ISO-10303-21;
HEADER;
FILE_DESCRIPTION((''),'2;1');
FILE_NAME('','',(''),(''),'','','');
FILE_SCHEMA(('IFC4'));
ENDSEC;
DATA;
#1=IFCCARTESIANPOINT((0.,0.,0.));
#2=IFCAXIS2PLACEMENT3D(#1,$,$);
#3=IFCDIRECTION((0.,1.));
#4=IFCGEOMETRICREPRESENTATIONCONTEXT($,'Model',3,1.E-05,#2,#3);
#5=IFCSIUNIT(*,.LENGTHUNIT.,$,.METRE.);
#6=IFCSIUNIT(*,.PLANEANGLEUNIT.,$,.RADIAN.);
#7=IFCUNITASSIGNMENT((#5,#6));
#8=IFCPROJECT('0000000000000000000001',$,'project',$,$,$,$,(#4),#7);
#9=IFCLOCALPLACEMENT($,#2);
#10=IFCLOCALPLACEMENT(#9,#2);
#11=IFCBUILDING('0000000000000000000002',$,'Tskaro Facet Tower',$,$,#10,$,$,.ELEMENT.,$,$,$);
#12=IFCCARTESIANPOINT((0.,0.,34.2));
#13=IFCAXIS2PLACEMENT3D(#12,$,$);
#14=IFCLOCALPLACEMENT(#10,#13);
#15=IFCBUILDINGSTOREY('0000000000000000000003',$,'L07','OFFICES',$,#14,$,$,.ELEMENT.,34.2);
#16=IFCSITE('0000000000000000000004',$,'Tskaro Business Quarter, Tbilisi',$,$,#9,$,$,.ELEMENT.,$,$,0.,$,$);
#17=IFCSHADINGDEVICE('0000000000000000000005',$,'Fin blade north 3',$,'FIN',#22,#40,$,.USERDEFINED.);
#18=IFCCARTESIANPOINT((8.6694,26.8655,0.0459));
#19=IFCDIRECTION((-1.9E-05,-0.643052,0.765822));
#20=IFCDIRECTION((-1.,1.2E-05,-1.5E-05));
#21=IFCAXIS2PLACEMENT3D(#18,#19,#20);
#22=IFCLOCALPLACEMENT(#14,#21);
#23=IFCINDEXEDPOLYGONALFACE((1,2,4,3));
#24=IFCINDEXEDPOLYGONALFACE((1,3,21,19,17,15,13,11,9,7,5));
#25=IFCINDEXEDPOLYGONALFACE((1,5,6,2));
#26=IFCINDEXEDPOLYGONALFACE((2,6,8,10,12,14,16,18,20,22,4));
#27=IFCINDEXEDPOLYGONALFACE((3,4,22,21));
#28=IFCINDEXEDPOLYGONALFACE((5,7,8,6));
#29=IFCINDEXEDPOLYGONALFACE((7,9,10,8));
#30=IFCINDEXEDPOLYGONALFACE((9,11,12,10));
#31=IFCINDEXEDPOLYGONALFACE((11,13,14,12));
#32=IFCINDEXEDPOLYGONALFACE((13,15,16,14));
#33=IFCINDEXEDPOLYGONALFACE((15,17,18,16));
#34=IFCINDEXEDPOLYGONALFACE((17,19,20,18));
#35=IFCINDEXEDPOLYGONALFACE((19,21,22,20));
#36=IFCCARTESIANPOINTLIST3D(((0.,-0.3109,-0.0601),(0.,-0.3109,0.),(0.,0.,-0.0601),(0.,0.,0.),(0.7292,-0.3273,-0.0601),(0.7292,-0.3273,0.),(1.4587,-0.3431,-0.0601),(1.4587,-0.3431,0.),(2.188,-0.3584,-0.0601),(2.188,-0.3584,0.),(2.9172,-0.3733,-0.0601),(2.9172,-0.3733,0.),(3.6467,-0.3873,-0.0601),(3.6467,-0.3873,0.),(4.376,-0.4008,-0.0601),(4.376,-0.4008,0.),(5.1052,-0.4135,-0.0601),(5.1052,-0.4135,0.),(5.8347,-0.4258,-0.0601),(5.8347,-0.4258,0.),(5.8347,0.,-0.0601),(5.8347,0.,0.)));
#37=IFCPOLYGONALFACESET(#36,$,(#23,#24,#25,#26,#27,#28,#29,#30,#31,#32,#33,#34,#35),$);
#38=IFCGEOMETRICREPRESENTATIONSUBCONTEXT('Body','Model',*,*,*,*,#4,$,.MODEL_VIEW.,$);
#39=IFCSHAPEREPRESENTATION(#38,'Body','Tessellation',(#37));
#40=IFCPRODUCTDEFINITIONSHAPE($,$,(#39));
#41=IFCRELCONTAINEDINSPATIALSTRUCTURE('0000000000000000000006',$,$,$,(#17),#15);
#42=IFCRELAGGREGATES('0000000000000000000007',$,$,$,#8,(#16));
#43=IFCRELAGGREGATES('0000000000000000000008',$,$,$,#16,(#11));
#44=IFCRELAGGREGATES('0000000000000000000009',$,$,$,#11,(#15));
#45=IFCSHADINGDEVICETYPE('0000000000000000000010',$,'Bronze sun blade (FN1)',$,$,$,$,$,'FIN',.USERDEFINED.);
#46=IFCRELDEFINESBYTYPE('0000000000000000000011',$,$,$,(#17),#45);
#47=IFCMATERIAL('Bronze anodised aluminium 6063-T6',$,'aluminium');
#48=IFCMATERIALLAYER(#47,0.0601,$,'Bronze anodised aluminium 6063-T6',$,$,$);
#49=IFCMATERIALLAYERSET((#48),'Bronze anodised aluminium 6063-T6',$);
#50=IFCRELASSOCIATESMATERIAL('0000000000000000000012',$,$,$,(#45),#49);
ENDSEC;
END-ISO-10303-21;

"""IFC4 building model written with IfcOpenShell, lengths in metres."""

from ifc_helpers import new_model, si_unit, direction, frame, origin, place, context, subcontext, project, spatial, polyline, outline, extrude, material, layer, layer_set, type_object, element, save


model = new_model("IFC4")

# Units and contexts
model_context = context("Model", 3, precision=1e-05, world=origin(), true_north=direction((0.0, 1.0)))
body_context = subcontext(model_context, "Body", "Model", "MODEL_VIEW")
ifc_project = project(units=[si_unit("LENGTHUNIT", "METRE"), si_unit("PLANEANGLEUNIT", "RADIAN")], contexts=[model_context])

# Site, building, storey
site_placement = place(None, origin())
site = spatial("IfcSite", under=ifc_project, at=site_placement, Name="Tskaro Business Quarter, Tbilisi", CompositionType="ELEMENT", RefElevation=0.0)
building_placement = place(site_placement, origin())
building = spatial("IfcBuilding", under=site, at=building_placement, Name="Tskaro Facet Tower", CompositionType="ELEMENT")
storey_placement = place(building_placement, frame((0.0, 0.0, 34.2)))
storey = spatial("IfcBuildingStorey", under=building, at=storey_placement, Name="L07", Description="OFFICES", CompositionType="ELEMENT", Elevation=34.2)

# Shared definitions
ifc_material_1 = material(Name="Bronze anodised aluminium 6063-T6", Category="aluminium")

# Shading device
ifc_layer_1 = layer(ifc_material_1, 0.0601, Name="Bronze anodised aluminium 6063-T6")
ifc_layer_set_1 = layer_set([ifc_layer_1], Name="Bronze anodised aluminium 6063-T6")
shading_device_type = type_object("IfcShadingDeviceType", Name="Bronze sun blade (FN1)", ElementType="FIN", PredefinedType="USERDEFINED", material=ifc_layer_set_1)
shading_device_1_placement = place(storey_placement, frame((8.6694, 26.8655, 0.0459), z_axis=(-0.000019, -0.643052, 0.765822), x_axis=(-1.0, 0.000012, -0.000015)))
element("IfcShadingDevice", 1, at=shading_device_1_placement, inside=storey, type_object=shading_device_type, Name="Fin blade north 3", ObjectType="FIN", PredefinedType="USERDEFINED", context=body_context, shape_type="SweptSolid", body=[
    extrude(outline(polyline([(0.0, 0.0), (5.8347, 0.0), (5.8347, -0.4258), (5.1052, -0.4135), (4.376, -0.4008), (3.6467, -0.3873), (2.9172, -0.3733), (2.188, -0.3584), (1.4587, -0.3431), (0.7292, -0.3273), (0.0, -0.3109), (0.0, 0.0)])), origin(), (0.0, 0.0, -1.0), 0.0601),
])

save(model, "model.ifc")
